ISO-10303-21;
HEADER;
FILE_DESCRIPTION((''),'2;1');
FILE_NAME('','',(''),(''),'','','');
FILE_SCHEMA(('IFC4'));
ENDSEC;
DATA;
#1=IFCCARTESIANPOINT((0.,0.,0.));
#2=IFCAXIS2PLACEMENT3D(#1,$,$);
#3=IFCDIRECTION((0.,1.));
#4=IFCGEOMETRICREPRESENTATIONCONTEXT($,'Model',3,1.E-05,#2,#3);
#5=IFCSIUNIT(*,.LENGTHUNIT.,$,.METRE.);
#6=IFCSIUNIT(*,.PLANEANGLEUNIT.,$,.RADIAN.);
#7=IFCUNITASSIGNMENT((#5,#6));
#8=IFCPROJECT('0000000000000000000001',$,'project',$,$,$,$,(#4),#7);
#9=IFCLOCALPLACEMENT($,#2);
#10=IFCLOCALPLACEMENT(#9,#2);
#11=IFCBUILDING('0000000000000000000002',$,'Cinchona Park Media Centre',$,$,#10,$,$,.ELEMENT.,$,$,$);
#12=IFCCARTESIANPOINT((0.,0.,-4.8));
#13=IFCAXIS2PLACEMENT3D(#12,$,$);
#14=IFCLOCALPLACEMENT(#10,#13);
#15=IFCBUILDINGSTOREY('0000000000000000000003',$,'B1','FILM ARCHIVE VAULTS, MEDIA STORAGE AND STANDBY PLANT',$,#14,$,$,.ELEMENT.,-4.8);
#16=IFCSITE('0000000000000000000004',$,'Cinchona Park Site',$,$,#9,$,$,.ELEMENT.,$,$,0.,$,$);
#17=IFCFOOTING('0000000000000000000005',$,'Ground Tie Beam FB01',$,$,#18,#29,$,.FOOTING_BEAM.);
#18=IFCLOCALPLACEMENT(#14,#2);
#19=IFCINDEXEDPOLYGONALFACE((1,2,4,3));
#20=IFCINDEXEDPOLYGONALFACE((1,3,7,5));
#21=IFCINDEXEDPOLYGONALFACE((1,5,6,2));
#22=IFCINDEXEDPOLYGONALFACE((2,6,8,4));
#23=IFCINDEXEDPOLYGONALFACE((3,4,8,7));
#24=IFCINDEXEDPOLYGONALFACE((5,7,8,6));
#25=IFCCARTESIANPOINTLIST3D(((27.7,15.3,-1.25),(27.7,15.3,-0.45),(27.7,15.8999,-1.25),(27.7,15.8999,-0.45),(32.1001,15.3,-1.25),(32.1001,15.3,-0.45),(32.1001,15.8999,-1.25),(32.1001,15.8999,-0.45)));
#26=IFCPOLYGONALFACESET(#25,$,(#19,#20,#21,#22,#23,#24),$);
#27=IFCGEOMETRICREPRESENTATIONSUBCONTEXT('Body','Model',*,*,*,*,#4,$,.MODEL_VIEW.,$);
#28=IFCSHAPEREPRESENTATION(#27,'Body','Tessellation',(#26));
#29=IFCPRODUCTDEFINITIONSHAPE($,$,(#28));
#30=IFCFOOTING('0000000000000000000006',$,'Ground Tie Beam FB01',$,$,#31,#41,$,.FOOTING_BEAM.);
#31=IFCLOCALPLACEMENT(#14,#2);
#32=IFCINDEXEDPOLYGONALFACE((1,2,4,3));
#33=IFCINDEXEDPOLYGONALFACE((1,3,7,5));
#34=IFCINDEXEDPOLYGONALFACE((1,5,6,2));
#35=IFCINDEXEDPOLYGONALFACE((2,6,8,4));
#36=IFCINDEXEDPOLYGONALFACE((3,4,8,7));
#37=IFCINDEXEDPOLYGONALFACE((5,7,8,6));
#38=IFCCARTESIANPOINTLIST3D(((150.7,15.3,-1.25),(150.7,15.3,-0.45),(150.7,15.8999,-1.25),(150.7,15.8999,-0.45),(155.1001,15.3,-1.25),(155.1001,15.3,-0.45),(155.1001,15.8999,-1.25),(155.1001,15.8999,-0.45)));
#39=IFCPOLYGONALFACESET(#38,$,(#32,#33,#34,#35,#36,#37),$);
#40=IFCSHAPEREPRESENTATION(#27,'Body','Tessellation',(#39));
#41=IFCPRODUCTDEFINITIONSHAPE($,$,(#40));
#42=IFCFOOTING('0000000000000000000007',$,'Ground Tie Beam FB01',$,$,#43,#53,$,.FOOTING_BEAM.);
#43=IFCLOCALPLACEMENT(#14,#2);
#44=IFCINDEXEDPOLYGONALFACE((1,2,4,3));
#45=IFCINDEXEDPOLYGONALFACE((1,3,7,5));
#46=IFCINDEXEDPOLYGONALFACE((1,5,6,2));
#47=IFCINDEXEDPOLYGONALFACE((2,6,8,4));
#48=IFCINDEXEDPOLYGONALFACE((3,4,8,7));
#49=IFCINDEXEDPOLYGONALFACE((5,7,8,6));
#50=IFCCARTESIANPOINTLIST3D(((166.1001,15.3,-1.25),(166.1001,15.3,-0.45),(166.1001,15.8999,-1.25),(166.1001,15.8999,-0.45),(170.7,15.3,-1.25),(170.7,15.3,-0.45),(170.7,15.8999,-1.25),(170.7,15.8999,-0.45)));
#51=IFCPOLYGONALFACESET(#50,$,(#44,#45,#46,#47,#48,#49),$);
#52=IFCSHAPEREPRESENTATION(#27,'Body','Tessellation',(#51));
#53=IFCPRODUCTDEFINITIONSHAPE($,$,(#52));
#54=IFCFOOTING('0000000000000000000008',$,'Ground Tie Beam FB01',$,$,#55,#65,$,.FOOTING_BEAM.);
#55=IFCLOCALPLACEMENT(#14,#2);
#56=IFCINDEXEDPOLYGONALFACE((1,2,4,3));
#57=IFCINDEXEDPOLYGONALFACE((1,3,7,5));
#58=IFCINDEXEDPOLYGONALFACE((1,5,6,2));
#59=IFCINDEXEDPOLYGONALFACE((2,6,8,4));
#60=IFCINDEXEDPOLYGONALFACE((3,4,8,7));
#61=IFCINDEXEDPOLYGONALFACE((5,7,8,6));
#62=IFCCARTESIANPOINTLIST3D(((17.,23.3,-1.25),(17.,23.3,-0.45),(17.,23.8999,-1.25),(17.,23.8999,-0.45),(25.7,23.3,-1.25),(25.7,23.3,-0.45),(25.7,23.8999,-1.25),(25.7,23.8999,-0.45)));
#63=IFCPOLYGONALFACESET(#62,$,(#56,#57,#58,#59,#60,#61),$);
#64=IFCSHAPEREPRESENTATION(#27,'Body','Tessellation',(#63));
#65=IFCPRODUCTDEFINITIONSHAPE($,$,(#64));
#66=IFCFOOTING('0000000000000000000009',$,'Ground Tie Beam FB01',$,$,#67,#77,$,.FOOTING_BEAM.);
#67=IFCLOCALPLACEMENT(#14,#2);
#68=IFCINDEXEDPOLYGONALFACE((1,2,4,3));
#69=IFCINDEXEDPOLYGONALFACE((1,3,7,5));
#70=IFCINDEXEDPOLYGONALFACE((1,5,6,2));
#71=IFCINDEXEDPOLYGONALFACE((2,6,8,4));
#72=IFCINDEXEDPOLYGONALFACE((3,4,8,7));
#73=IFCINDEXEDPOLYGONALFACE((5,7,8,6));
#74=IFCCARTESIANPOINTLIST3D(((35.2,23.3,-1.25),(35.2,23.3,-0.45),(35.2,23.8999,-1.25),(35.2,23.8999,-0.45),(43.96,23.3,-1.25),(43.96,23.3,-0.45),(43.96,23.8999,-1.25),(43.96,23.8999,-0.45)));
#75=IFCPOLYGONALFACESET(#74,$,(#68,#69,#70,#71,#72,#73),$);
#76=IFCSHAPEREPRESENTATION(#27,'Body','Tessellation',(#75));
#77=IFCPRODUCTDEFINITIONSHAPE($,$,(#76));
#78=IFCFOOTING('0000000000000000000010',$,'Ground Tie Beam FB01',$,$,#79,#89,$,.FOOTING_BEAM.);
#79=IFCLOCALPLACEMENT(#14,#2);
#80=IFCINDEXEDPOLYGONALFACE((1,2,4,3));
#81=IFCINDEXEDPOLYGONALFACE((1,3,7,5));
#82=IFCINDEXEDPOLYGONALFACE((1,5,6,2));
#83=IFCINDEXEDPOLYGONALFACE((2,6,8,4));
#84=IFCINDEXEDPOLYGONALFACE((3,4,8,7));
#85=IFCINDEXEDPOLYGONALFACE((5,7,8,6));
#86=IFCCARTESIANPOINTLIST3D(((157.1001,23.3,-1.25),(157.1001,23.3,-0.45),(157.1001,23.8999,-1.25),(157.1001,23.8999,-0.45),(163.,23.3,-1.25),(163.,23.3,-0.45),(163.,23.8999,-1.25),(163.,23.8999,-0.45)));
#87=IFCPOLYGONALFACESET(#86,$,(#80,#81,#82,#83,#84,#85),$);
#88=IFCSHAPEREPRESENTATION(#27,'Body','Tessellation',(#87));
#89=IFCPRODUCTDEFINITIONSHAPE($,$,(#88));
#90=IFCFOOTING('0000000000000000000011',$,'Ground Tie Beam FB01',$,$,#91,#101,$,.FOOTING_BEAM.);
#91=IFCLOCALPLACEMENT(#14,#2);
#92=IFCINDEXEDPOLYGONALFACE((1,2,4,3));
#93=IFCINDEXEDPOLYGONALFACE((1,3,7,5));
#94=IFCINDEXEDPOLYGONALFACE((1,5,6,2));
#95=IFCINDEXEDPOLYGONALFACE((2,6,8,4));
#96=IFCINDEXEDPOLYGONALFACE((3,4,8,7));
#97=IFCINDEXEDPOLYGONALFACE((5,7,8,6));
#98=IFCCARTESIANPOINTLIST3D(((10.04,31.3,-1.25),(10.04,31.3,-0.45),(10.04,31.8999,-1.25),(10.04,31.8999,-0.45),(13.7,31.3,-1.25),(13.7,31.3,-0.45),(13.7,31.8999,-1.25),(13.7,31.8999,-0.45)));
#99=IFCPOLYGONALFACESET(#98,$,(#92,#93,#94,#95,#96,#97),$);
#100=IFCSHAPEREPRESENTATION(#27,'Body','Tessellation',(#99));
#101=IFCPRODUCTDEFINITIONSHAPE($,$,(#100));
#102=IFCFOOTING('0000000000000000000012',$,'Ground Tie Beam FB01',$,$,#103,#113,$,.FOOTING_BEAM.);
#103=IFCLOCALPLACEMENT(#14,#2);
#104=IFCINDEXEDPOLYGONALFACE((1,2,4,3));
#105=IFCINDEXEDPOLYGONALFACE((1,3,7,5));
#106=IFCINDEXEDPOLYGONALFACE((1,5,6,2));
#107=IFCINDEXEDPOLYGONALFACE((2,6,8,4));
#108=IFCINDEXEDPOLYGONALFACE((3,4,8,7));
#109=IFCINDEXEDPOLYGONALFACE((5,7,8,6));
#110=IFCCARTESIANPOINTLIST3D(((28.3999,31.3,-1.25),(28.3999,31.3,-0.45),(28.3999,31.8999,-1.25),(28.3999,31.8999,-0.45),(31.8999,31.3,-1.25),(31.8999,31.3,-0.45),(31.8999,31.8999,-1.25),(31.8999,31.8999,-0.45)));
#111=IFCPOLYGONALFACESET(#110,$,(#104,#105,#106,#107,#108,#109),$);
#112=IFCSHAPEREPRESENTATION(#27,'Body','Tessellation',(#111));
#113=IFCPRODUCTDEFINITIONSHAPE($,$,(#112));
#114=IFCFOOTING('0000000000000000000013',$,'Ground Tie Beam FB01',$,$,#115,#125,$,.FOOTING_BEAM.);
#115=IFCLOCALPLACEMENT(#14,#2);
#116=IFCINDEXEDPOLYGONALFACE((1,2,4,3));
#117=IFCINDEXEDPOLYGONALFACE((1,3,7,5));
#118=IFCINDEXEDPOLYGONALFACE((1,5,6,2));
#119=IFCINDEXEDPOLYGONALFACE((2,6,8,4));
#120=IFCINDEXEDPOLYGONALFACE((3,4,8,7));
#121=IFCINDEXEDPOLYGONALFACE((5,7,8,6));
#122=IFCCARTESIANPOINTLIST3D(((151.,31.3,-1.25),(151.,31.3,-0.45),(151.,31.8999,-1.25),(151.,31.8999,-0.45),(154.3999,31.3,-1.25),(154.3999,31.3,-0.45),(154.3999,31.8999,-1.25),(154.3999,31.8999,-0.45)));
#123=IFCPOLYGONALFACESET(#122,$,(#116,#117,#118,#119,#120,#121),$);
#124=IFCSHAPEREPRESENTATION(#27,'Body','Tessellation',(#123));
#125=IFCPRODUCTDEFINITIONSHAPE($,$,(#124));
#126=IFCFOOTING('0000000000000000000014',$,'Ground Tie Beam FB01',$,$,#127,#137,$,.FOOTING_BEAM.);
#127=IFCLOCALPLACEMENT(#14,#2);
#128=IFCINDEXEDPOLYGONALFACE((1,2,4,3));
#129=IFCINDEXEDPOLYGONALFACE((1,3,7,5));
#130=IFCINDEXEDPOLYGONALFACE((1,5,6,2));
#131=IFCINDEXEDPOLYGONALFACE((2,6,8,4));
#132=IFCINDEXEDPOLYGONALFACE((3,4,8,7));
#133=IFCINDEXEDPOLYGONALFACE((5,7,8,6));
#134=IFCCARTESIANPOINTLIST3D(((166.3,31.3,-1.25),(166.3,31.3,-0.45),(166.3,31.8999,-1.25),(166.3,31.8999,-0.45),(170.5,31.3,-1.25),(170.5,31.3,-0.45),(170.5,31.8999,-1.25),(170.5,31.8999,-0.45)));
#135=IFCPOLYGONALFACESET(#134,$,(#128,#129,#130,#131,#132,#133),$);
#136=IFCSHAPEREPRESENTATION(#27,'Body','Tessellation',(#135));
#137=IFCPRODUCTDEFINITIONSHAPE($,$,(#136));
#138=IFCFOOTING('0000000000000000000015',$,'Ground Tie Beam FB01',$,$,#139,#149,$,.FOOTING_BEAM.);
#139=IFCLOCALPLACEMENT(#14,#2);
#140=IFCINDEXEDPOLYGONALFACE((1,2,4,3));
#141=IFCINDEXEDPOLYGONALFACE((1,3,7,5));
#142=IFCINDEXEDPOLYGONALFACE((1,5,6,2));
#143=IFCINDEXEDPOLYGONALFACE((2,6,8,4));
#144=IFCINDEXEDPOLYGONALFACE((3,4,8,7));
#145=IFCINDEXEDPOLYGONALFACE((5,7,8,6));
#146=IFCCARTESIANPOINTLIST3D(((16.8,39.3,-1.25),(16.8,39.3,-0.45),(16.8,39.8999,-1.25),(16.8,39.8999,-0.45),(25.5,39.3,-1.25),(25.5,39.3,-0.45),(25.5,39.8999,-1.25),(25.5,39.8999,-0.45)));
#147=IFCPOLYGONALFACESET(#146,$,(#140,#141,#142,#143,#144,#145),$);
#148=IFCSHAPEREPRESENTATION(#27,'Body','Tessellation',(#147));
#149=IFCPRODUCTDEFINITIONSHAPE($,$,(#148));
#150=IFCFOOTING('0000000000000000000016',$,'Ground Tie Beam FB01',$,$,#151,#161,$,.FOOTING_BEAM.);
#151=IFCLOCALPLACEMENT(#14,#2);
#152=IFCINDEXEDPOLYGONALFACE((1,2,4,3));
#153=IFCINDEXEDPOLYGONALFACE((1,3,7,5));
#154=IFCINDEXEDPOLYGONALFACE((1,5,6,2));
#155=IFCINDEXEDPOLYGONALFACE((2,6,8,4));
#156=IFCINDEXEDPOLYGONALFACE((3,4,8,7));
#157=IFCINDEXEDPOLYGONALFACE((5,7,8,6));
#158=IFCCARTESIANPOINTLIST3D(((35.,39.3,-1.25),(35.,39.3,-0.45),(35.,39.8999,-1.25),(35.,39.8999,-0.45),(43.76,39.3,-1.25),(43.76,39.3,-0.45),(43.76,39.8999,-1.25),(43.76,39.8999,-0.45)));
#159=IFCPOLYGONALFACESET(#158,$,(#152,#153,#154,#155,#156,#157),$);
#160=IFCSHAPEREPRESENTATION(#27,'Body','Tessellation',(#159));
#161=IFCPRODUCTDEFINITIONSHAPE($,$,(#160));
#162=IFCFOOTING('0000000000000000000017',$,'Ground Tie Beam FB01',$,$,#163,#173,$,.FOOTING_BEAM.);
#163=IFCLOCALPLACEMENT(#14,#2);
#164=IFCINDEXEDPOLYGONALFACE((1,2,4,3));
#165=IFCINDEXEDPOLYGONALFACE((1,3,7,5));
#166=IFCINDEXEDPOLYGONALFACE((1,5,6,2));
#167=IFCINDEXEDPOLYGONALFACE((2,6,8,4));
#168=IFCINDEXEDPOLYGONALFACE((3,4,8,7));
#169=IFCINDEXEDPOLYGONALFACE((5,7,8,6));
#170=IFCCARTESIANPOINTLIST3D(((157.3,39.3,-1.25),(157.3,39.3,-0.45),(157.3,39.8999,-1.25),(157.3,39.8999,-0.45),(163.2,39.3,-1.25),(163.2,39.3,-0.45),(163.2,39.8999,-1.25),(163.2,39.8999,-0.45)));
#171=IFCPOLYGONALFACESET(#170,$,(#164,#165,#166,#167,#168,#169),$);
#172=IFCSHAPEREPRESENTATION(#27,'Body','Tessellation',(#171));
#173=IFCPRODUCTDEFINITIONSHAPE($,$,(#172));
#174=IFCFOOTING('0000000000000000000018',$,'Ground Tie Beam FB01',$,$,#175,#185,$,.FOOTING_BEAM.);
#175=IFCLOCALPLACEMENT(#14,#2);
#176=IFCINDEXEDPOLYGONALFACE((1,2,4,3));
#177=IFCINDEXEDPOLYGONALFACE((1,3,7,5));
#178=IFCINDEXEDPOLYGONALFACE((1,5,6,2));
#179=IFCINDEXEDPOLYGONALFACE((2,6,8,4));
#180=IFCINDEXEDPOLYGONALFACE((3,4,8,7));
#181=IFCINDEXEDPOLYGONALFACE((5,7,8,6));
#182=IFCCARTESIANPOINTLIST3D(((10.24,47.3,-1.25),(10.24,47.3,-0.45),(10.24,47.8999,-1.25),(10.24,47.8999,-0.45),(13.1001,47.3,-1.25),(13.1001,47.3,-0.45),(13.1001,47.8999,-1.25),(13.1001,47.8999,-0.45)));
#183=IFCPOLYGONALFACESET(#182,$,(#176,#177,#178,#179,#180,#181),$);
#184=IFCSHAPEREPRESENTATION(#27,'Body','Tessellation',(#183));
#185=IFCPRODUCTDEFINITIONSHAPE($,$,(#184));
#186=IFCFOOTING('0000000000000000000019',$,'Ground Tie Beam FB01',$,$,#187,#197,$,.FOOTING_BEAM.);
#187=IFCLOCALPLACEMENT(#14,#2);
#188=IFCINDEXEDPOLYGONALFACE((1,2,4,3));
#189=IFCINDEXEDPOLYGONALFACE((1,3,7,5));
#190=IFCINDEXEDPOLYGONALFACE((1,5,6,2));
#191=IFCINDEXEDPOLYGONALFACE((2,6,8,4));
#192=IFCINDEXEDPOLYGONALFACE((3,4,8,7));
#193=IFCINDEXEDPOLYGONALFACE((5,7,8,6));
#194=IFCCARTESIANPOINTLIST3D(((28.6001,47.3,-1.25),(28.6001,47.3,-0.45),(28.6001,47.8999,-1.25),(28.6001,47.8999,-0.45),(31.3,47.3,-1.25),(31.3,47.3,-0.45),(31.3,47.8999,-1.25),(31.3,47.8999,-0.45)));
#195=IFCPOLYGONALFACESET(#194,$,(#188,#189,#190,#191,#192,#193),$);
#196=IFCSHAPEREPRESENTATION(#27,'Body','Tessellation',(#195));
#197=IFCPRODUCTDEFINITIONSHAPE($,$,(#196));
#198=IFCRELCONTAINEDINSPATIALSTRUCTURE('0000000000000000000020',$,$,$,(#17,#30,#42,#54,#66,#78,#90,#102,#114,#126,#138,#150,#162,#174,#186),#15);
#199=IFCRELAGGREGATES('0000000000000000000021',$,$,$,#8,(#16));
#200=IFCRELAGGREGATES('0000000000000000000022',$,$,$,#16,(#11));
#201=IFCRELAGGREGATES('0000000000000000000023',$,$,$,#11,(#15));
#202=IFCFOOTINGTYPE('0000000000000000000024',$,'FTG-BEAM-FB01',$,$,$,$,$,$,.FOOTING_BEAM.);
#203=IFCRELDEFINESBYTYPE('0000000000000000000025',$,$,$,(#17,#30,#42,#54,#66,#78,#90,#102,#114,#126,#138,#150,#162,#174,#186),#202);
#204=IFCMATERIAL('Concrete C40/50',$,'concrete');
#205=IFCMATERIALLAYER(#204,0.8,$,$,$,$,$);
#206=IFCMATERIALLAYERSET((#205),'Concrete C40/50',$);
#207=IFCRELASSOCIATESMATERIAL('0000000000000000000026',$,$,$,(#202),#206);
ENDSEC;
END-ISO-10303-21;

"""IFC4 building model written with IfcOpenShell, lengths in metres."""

from ifc_helpers import new_model, si_unit, direction, frame, origin, place, context, subcontext, project, spatial, polyline, outline, extrude, material, layer, layer_set, type_object, element, save


model = new_model("IFC4")

# Units and contexts
model_context = context("Model", 3, precision=1e-05, world=origin(), true_north=direction((0.0, 1.0)))
body_context = subcontext(model_context, "Body", "Model", "MODEL_VIEW")
ifc_project = project(units=[si_unit("LENGTHUNIT", "METRE"), si_unit("PLANEANGLEUNIT", "RADIAN")], contexts=[model_context])

# Site, building, storey
site_placement = place(None, origin())
site = spatial("IfcSite", under=ifc_project, at=site_placement, Name="Cinchona Park Site", CompositionType="ELEMENT", RefElevation=0.0)
building_placement = place(site_placement, origin())
building = spatial("IfcBuilding", under=site, at=building_placement, Name="Cinchona Park Media Centre", CompositionType="ELEMENT")
storey_placement = place(building_placement, frame((0.0, 0.0, -4.8)))
storey = spatial("IfcBuildingStorey", under=building, at=storey_placement, Name="B1", Description="FILM ARCHIVE VAULTS, MEDIA STORAGE AND STANDBY PLANT", CompositionType="ELEMENT", Elevation=-4.8)

# Footings
ifc_material = material(Name="Concrete C40/50", Category="concrete")
ifc_layer = layer(ifc_material, 0.8)
ifc_layer_set = layer_set([ifc_layer], Name="Concrete C40/50")
footing_type = type_object("IfcFootingType", Name="FTG-BEAM-FB01", PredefinedType="FOOTING_BEAM", material=ifc_layer_set)
footing_1_placement = place(storey_placement, frame((0.0, 0.0, -1.25)))
element("IfcFooting", 1, at=footing_1_placement, inside=storey, type_object=footing_type, Name="Ground Tie Beam FB01", PredefinedType="FOOTING_BEAM", context=body_context, shape_type="SweptSolid", body=[
    extrude(outline(polyline([(27.7, 15.3), (32.1001, 15.3), (32.1001, 15.8999), (27.7, 15.8999), (27.7, 15.3)])), origin(), (0.0, 0.0, 1.0), 0.8),
])
footing_2_placement = place(storey_placement, frame((0.0, 0.0, -1.25)))
element("IfcFooting", 2, at=footing_2_placement, inside=storey, type_object=footing_type, Name="Ground Tie Beam FB01", PredefinedType="FOOTING_BEAM", context=body_context, shape_type="SweptSolid", body=[
    extrude(outline(polyline([(150.7, 15.3), (155.1001, 15.3), (155.1001, 15.8999), (150.7, 15.8999), (150.7, 15.3)])), origin(), (0.0, 0.0, 1.0), 0.8),
])
footing_3_placement = place(storey_placement, frame((0.0, 0.0, -1.25)))
element("IfcFooting", 3, at=footing_3_placement, inside=storey, type_object=footing_type, Name="Ground Tie Beam FB01", PredefinedType="FOOTING_BEAM", context=body_context, shape_type="SweptSolid", body=[
    extrude(outline(polyline([(166.1001, 15.3), (170.7, 15.3), (170.7, 15.8999), (166.1001, 15.8999), (166.1001, 15.3)])), origin(), (0.0, 0.0, 1.0), 0.8),
])
footing_4_placement = place(storey_placement, frame((0.0, 0.0, -1.25)))
element("IfcFooting", 4, at=footing_4_placement, inside=storey, type_object=footing_type, Name="Ground Tie Beam FB01", PredefinedType="FOOTING_BEAM", context=body_context, shape_type="SweptSolid", body=[
    extrude(outline(polyline([(17.0, 23.3), (25.7, 23.3), (25.7, 23.8999), (17.0, 23.8999), (17.0, 23.3)])), origin(), (0.0, 0.0, 1.0), 0.8),
])
footing_5_placement = place(storey_placement, frame((0.0, 0.0, -1.25)))
element("IfcFooting", 5, at=footing_5_placement, inside=storey, type_object=footing_type, Name="Ground Tie Beam FB01", PredefinedType="FOOTING_BEAM", context=body_context, shape_type="SweptSolid", body=[
    extrude(outline(polyline([(35.2, 23.3), (43.96, 23.3), (43.96, 23.8999), (35.2, 23.8999), (35.2, 23.3)])), origin(), (0.0, 0.0, 1.0), 0.8),
])
footing_6_placement = place(storey_placement, frame((0.0, 0.0, -1.25)))
element("IfcFooting", 6, at=footing_6_placement, inside=storey, type_object=footing_type, Name="Ground Tie Beam FB01", PredefinedType="FOOTING_BEAM", context=body_context, shape_type="SweptSolid", body=[
    extrude(outline(polyline([(157.1001, 23.3), (163.0, 23.3), (163.0, 23.8999), (157.1001, 23.8999), (157.1001, 23.3)])), origin(), (0.0, 0.0, 1.0), 0.8),
])
footing_7_placement = place(storey_placement, frame((0.0, 0.0, -1.25)))
element("IfcFooting", 7, at=footing_7_placement, inside=storey, type_object=footing_type, Name="Ground Tie Beam FB01", PredefinedType="FOOTING_BEAM", context=body_context, shape_type="SweptSolid", body=[
    extrude(outline(polyline([(10.04, 31.3), (13.7, 31.3), (13.7, 31.8999), (10.04, 31.8999), (10.04, 31.3)])), origin(), (0.0, 0.0, 1.0), 0.8),
])
footing_8_placement = place(storey_placement, frame((0.0, 0.0, -1.25)))
element("IfcFooting", 8, at=footing_8_placement, inside=storey, type_object=footing_type, Name="Ground Tie Beam FB01", PredefinedType="FOOTING_BEAM", context=body_context, shape_type="SweptSolid", body=[
    extrude(outline(polyline([(28.3999, 31.3), (31.8999, 31.3), (31.8999, 31.8999), (28.3999, 31.8999), (28.3999, 31.3)])), origin(), (0.0, 0.0, 1.0), 0.8),
])
footing_9_placement = place(storey_placement, frame((0.0, 0.0, -1.25)))
element("IfcFooting", 9, at=footing_9_placement, inside=storey, type_object=footing_type, Name="Ground Tie Beam FB01", PredefinedType="FOOTING_BEAM", context=body_context, shape_type="SweptSolid", body=[
    extrude(outline(polyline([(151.0, 31.3), (154.3999, 31.3), (154.3999, 31.8999), (151.0, 31.8999), (151.0, 31.3)])), origin(), (0.0, 0.0, 1.0), 0.8),
])
footing_10_placement = place(storey_placement, frame((0.0, 0.0, -1.25)))
element("IfcFooting", 10, at=footing_10_placement, inside=storey, type_object=footing_type, Name="Ground Tie Beam FB01", PredefinedType="FOOTING_BEAM", context=body_context, shape_type="SweptSolid", body=[
    extrude(outline(polyline([(166.3, 31.3), (170.5, 31.3), (170.5, 31.8999), (166.3, 31.8999), (166.3, 31.3)])), origin(), (0.0, 0.0, 1.0), 0.8),
])
footing_11_placement = place(storey_placement, frame((0.0, 0.0, -1.25)))
element("IfcFooting", 11, at=footing_11_placement, inside=storey, type_object=footing_type, Name="Ground Tie Beam FB01", PredefinedType="FOOTING_BEAM", context=body_context, shape_type="SweptSolid", body=[
    extrude(outline(polyline([(16.8, 39.3), (25.5, 39.3), (25.5, 39.8999), (16.8, 39.8999), (16.8, 39.3)])), origin(), (0.0, 0.0, 1.0), 0.8),
])
footing_12_placement = place(storey_placement, frame((0.0, 0.0, -1.25)))
element("IfcFooting", 12, at=footing_12_placement, inside=storey, type_object=footing_type, Name="Ground Tie Beam FB01", PredefinedType="FOOTING_BEAM", context=body_context, shape_type="SweptSolid", body=[
    extrude(outline(polyline([(35.0, 39.3), (43.76, 39.3), (43.76, 39.8999), (35.0, 39.8999), (35.0, 39.3)])), origin(), (0.0, 0.0, 1.0), 0.8),
])
footing_13_placement = place(storey_placement, frame((0.0, 0.0, -1.25)))
element("IfcFooting", 13, at=footing_13_placement, inside=storey, type_object=footing_type, Name="Ground Tie Beam FB01", PredefinedType="FOOTING_BEAM", context=body_context, shape_type="SweptSolid", body=[
    extrude(outline(polyline([(157.3, 39.3), (163.2, 39.3), (163.2, 39.8999), (157.3, 39.8999), (157.3, 39.3)])), origin(), (0.0, 0.0, 1.0), 0.8),
])
footing_14_placement = place(storey_placement, frame((0.0, 0.0, -1.25)))
element("IfcFooting", 14, at=footing_14_placement, inside=storey, type_object=footing_type, Name="Ground Tie Beam FB01", PredefinedType="FOOTING_BEAM", context=body_context, shape_type="SweptSolid", body=[
    extrude(outline(polyline([(10.24, 47.3), (13.1001, 47.3), (13.1001, 47.8999), (10.24, 47.8999), (10.24, 47.3)])), origin(), (0.0, 0.0, 1.0), 0.8),
])
footing_15_placement = place(storey_placement, frame((0.0, 0.0, -1.25)))
element("IfcFooting", 15, at=footing_15_placement, inside=storey, type_object=footing_type, Name="Ground Tie Beam FB01", PredefinedType="FOOTING_BEAM", context=body_context, shape_type="SweptSolid", body=[
    extrude(outline(polyline([(28.6001, 47.3), (31.3, 47.3), (31.3, 47.8999), (28.6001, 47.8999), (28.6001, 47.3)])), origin(), (0.0, 0.0, 1.0), 0.8),
])

save(model, "model.ifc")
